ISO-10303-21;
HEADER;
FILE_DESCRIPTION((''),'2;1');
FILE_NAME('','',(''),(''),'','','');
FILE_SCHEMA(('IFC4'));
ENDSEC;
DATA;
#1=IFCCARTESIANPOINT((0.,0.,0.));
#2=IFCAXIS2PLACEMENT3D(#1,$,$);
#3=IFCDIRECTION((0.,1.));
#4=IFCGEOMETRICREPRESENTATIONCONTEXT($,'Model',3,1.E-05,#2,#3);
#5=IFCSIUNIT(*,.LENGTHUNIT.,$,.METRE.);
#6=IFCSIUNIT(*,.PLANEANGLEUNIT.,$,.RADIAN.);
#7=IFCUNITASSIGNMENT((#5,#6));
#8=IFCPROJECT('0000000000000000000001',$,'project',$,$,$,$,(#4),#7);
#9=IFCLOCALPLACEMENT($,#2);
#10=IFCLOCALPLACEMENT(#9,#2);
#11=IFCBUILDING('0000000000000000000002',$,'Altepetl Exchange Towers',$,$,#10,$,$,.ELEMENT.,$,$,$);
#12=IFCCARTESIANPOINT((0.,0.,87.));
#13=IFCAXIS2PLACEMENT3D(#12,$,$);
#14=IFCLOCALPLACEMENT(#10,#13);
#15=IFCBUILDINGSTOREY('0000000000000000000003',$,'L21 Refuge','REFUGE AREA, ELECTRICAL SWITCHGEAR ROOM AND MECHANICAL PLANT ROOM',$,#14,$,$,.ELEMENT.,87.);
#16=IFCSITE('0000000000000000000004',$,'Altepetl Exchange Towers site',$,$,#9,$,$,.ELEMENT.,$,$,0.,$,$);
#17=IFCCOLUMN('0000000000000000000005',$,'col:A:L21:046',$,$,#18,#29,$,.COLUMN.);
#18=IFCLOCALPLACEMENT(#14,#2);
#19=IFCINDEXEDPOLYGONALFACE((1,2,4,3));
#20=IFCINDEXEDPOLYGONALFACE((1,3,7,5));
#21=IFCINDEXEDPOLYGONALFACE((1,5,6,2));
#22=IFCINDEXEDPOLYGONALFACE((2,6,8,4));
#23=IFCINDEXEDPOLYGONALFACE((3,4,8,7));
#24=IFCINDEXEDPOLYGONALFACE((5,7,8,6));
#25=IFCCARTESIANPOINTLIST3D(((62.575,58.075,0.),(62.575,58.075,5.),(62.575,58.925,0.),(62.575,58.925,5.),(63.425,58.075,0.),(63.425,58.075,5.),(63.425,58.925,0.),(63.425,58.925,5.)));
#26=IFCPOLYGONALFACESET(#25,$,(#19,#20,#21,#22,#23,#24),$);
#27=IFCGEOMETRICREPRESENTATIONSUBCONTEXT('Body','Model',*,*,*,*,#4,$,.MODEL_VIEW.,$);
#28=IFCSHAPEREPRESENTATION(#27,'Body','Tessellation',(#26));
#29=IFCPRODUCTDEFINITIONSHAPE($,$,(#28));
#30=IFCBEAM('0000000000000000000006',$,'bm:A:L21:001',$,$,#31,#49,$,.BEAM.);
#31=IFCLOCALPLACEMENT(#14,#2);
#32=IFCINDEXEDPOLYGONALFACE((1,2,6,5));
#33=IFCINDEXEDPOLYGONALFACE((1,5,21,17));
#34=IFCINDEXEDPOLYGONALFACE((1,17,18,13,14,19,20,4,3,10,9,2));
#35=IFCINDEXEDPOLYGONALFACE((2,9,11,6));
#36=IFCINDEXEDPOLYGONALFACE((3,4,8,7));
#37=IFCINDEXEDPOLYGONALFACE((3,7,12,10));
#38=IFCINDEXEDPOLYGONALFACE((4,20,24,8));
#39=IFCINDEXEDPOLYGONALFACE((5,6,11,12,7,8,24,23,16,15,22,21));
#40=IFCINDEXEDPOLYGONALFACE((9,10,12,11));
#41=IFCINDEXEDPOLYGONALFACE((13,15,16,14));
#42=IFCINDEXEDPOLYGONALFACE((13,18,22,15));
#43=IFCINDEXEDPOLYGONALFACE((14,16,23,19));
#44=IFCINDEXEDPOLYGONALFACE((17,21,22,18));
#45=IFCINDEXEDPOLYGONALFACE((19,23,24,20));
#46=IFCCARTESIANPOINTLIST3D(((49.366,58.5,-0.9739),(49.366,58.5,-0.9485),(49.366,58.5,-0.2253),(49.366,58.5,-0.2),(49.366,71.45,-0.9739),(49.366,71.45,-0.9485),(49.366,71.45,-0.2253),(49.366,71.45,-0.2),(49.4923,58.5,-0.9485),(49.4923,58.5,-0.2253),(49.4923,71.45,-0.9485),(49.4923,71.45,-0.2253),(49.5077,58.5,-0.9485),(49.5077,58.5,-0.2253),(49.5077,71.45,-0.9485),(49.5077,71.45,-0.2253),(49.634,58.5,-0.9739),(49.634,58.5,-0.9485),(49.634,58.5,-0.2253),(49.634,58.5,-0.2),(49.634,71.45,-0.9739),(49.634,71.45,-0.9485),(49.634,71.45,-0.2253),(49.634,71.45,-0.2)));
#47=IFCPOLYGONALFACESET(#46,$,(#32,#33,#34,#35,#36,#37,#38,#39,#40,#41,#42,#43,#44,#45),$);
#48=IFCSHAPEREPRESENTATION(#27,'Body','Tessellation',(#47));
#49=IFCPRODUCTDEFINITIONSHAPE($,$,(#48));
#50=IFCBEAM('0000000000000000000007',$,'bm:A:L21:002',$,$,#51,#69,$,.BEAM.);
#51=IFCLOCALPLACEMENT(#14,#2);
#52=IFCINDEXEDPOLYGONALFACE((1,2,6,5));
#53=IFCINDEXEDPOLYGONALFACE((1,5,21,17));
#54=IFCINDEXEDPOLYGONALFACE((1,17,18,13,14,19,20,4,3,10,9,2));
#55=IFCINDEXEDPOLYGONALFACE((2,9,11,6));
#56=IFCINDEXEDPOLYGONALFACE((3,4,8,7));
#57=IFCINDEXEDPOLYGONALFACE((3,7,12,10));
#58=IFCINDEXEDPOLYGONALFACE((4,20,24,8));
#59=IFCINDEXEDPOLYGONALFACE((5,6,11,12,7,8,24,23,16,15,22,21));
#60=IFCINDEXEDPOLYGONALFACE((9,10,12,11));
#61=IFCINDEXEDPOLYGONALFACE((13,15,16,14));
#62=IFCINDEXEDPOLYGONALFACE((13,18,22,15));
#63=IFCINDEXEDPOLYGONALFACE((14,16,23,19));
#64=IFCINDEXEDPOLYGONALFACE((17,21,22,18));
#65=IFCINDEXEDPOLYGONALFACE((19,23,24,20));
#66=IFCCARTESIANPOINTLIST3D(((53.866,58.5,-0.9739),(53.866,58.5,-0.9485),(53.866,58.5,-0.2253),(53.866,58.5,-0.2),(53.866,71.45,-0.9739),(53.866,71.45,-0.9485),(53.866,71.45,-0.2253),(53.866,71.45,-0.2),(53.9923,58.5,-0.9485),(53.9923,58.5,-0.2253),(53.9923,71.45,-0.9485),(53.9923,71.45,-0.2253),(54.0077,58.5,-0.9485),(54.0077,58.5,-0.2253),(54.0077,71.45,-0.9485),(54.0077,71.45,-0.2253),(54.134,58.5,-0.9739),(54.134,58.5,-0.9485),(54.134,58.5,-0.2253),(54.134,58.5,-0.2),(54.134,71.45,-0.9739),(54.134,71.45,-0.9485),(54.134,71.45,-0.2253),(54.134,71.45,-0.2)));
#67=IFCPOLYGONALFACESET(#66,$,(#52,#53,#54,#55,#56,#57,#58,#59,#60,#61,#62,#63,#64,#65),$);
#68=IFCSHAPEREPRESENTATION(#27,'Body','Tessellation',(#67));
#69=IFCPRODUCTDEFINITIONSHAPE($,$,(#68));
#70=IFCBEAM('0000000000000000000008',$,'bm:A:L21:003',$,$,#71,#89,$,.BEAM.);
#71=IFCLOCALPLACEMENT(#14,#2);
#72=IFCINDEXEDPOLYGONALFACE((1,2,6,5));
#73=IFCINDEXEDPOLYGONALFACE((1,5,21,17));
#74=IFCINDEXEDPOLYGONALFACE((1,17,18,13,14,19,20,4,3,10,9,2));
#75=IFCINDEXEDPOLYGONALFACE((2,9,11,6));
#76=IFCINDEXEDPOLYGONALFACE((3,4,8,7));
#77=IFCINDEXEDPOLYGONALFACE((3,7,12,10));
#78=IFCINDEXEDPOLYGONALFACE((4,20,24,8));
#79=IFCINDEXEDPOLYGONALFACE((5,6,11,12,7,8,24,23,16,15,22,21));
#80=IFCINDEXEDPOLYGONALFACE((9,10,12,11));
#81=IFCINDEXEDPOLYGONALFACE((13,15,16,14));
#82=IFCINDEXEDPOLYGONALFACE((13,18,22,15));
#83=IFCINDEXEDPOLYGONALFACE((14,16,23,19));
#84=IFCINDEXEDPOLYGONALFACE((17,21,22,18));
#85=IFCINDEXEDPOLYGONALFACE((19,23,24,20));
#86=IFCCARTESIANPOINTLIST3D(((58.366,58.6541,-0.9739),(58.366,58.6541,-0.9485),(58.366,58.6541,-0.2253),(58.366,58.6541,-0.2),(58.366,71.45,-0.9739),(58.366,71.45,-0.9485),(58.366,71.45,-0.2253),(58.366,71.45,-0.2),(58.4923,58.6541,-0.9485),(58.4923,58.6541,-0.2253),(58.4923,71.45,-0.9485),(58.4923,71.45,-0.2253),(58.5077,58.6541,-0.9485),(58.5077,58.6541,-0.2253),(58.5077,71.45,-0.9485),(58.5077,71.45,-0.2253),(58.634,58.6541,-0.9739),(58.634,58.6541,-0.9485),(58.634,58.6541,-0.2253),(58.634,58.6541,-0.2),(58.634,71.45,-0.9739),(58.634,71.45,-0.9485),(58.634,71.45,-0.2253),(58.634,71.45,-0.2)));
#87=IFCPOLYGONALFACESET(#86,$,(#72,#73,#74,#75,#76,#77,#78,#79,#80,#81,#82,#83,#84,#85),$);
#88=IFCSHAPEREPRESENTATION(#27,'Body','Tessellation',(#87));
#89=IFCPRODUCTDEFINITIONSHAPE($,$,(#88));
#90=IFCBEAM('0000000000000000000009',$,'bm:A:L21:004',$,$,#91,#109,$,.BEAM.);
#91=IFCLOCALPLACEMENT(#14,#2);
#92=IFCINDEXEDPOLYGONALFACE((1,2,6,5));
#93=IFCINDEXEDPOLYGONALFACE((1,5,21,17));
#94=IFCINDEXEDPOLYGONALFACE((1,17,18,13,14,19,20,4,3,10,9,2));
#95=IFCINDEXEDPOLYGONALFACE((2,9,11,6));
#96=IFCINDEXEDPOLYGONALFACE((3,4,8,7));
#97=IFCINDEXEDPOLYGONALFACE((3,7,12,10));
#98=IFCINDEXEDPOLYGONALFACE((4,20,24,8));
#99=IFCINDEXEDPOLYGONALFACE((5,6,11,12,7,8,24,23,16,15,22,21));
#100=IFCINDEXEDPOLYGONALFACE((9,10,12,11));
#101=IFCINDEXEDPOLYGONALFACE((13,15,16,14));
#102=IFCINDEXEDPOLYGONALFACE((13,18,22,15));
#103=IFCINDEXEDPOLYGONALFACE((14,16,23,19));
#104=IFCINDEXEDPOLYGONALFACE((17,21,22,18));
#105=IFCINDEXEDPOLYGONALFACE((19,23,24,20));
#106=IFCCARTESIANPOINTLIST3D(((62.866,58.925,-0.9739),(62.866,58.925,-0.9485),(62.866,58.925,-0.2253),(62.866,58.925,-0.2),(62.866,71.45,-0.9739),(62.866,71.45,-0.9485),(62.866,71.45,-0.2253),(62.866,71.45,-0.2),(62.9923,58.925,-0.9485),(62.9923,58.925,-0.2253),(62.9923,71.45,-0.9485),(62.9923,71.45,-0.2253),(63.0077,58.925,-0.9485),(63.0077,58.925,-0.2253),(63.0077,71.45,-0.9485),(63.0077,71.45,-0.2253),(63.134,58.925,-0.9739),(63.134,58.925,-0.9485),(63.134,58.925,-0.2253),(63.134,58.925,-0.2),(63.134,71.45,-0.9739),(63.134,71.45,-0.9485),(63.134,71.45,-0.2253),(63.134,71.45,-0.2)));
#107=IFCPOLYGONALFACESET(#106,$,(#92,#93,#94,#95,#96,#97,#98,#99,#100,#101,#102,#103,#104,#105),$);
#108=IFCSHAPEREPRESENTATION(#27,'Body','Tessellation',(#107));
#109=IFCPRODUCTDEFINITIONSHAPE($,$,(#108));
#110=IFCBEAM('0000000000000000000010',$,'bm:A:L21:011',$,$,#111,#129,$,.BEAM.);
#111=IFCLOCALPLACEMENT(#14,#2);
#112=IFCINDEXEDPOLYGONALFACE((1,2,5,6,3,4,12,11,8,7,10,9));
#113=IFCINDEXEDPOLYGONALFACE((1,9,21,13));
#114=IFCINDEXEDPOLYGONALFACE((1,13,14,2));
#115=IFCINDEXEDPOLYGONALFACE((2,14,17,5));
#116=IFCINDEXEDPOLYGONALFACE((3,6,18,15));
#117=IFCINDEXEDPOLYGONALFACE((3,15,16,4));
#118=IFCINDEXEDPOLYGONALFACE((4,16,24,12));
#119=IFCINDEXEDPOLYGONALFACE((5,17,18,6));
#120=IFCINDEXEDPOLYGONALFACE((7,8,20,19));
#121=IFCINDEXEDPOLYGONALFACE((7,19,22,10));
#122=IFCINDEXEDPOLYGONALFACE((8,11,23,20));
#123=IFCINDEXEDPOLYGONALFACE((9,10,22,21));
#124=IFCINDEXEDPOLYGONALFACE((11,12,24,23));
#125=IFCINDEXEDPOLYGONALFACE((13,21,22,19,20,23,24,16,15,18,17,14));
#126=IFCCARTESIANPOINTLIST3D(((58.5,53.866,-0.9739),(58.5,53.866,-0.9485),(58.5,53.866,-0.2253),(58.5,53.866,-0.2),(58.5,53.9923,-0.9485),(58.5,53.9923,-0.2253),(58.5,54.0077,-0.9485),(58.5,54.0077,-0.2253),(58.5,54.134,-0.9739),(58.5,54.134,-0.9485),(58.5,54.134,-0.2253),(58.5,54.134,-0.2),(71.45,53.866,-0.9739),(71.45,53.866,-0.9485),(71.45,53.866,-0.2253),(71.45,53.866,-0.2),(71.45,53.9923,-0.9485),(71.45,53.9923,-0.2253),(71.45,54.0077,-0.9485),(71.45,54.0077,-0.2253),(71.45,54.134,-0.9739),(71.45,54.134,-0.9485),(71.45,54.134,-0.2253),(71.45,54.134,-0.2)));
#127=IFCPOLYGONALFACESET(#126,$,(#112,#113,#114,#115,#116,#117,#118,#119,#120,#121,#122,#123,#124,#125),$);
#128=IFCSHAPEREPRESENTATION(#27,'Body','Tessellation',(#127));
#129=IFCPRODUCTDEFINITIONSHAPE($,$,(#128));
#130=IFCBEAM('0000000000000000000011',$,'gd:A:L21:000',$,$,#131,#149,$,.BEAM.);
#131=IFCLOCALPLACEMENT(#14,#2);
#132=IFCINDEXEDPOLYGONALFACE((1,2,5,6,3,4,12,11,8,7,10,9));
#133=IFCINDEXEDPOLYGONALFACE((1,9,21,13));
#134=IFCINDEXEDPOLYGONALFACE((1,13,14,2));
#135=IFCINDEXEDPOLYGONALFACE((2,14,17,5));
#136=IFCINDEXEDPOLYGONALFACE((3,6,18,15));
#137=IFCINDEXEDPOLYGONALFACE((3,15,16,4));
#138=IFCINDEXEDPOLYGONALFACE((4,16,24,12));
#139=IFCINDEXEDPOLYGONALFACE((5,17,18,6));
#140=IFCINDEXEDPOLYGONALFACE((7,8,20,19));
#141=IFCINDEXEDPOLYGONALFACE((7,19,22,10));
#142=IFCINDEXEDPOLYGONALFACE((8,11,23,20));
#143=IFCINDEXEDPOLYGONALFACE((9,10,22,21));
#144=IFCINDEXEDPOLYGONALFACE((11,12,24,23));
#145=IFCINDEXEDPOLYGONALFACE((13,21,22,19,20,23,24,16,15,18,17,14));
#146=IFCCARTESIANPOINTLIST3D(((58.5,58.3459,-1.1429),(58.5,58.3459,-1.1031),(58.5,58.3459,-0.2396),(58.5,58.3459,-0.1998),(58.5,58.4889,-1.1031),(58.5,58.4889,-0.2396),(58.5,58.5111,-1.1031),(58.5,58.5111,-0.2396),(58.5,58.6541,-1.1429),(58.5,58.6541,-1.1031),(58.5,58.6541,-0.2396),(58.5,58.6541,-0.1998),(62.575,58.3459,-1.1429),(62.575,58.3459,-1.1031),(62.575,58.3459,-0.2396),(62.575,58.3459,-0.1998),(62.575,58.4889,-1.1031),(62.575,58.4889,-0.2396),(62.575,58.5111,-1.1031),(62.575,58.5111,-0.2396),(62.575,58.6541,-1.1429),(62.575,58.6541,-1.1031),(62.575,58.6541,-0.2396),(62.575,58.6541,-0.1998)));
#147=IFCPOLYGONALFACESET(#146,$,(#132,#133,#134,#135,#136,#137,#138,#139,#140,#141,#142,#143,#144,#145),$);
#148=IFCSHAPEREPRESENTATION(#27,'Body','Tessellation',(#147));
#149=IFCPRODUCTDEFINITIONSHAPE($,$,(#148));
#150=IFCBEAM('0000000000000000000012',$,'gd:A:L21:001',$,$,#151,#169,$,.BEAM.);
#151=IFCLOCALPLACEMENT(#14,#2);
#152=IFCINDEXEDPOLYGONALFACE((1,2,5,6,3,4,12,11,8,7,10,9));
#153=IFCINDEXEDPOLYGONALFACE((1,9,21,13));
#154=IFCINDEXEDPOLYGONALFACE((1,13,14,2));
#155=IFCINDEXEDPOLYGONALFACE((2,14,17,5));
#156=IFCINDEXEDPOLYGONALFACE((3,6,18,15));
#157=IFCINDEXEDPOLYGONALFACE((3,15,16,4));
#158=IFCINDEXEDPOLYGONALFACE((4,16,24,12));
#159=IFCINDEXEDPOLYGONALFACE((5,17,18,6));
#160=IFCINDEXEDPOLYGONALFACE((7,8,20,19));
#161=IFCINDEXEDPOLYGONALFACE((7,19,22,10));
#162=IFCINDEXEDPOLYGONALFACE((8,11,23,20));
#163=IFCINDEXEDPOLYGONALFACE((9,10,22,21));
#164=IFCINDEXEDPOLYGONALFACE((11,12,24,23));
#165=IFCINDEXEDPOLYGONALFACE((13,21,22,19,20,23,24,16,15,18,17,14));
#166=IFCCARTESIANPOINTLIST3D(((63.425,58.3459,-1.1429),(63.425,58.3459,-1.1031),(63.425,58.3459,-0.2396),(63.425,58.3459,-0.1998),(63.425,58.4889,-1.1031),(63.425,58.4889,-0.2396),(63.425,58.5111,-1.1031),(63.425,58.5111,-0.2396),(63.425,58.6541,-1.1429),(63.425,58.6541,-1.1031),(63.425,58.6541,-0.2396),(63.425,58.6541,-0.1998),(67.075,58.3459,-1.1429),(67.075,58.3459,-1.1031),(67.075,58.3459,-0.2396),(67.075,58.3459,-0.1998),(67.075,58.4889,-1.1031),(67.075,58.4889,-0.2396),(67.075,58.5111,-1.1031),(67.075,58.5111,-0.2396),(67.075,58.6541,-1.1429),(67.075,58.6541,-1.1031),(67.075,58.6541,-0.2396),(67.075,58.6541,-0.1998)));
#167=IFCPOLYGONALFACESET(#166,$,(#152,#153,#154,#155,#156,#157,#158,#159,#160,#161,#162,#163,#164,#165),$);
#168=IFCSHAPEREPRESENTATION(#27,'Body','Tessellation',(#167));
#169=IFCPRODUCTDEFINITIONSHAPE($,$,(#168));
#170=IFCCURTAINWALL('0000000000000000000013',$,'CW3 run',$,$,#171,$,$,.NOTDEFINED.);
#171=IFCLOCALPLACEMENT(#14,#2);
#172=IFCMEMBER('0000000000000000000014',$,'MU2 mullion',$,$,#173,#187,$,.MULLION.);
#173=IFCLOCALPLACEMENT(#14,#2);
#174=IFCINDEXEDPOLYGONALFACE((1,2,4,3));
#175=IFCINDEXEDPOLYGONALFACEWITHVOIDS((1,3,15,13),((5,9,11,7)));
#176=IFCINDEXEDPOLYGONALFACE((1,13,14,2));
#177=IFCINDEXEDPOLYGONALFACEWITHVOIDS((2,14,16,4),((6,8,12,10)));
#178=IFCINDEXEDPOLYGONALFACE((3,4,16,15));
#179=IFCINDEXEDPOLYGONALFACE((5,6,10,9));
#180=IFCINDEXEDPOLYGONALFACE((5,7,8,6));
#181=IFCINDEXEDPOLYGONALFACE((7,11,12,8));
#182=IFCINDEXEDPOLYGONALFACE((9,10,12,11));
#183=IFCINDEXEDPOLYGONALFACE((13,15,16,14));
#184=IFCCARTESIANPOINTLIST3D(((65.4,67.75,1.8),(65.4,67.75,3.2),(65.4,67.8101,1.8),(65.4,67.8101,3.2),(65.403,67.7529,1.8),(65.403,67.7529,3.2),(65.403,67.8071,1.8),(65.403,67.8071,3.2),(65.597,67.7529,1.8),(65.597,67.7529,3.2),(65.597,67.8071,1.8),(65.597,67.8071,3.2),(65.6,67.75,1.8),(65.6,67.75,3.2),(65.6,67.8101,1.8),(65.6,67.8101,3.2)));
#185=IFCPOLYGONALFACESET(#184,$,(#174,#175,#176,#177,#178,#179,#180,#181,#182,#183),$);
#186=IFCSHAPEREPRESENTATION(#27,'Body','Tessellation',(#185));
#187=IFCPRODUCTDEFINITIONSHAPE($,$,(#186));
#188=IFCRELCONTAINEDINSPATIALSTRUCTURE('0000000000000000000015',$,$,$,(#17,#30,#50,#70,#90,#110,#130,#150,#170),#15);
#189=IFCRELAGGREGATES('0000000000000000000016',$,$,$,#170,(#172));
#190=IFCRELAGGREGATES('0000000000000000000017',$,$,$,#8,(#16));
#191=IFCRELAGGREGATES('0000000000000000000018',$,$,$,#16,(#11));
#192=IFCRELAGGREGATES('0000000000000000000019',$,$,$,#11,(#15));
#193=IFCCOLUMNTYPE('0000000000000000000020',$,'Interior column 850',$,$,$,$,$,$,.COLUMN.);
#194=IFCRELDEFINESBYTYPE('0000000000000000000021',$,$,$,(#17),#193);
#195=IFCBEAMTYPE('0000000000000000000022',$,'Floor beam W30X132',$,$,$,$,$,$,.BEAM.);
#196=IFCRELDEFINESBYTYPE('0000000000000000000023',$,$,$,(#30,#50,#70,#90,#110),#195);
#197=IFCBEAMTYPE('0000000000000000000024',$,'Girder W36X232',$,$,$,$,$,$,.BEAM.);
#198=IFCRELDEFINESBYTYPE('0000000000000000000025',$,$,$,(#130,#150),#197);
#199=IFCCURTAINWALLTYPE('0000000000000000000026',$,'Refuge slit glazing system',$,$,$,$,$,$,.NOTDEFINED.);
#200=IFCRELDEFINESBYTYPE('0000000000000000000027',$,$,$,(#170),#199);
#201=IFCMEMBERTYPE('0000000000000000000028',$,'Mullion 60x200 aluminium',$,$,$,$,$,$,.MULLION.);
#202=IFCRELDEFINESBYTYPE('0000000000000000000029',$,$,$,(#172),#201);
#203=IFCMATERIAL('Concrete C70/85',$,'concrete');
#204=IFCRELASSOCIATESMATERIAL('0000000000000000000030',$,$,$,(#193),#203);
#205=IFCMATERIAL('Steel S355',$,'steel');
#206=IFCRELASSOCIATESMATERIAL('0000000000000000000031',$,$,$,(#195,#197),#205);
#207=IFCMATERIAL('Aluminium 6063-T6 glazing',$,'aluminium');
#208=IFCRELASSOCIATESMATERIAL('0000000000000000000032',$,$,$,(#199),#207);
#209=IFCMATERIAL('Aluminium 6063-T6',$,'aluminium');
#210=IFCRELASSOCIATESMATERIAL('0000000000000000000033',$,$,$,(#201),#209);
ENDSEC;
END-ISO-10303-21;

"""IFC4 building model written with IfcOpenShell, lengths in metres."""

from ifc_helpers import new_model, si_unit, direction, frame, origin, origin_2d, place, context, subcontext, project, spatial, rectangle, hollow_rectangle, i_section, extrude, material, material_profile, profile_set, type_object, element, aggregate, save


model = new_model("IFC4")

# Units and contexts
model_context = context("Model", 3, precision=1e-05, world=origin(), true_north=direction((0.0, 1.0)))
body_context = subcontext(model_context, "Body", "Model", "MODEL_VIEW")
ifc_project = project(units=[si_unit("LENGTHUNIT", "METRE"), si_unit("PLANEANGLEUNIT", "RADIAN")], contexts=[model_context])

# Site, building, storey
site_placement = place(None, origin())
site = spatial("IfcSite", under=ifc_project, at=site_placement, Name="Altepetl Exchange Towers site", CompositionType="ELEMENT", RefElevation=0.0)
building_placement = place(site_placement, origin())
building = spatial("IfcBuilding", under=site, at=building_placement, Name="Altepetl Exchange Towers", CompositionType="ELEMENT")
storey_placement = place(building_placement, frame((0.0, 0.0, 87.0)))
storey = spatial("IfcBuildingStorey", under=building, at=storey_placement, Name="L21 Refuge", Description="REFUGE AREA, ELECTRICAL SWITCHGEAR ROOM AND MECHANICAL PLANT ROOM", CompositionType="ELEMENT", Elevation=87.0)

# Column
ifc_material_1 = material(Name="Concrete C70/85", Category="concrete")
ifc_material_profile_1 = material_profile(ifc_material_1, rectangle(XDim=0.8501, YDim=0.8501, at=origin_2d()), Name="850 x 850")
ifc_profile_set_1 = profile_set([ifc_material_profile_1], Name="Concrete C70/85")
column_type = type_object("IfcColumnType", Name="Interior column 850", PredefinedType="COLUMN", material=ifc_profile_set_1)
column_placement = place(storey_placement, frame((63.0, 58.5, 0.0)))
element("IfcColumn", 1, at=column_placement, inside=storey, type_object=column_type, Name="col:A:L21:046", PredefinedType="COLUMN", context=body_context, shape_type="SweptSolid", body=[
    extrude(rectangle(XDim=0.8501, YDim=0.8501, at=origin_2d()), origin(), (0.0, 0.0, 1.0), 5.0),
])

# Beams
ifc_material_2 = material(Name="Steel S355", Category="steel")
ifc_material_profile_2 = material_profile(ifc_material_2, i_section(OverallWidth=0.2681, OverallDepth=0.7739, WebThickness=0.0154, FlangeThickness=0.0254, at=origin_2d()), Name="W30X132")
ifc_profile_set_2 = profile_set([ifc_material_profile_2], Name="Steel S355")
beam_type_1 = type_object("IfcBeamType", Name="Floor beam W30X132", PredefinedType="BEAM", material=ifc_profile_set_2)
for number, where, z_axis, x_axis, name in (
    (2, (49.5, 58.5, -0.5869), (0.0, 1.0, 0.0), (-1.0, 0.0, 0.0), "bm:A:L21:001"),
    (3, (54.0, 58.5, -0.5869), (0.0, 1.0, 0.0), (-1.0, 0.0, 0.0), "bm:A:L21:002"),
):
    element("IfcBeam", number, at=place(storey_placement, frame(where, z_axis=z_axis, x_axis=x_axis)), inside=storey, type_object=beam_type_1, Name=name, PredefinedType="BEAM", context=body_context, shape_type="SweptSolid", body=[
        extrude(i_section(OverallWidth=0.2681, OverallDepth=0.7739, WebThickness=0.0154, FlangeThickness=0.0254, at=origin_2d()), origin(), (0.0, 0.0, 1.0), 12.95),
    ])
beam_1_placement = place(storey_placement, frame((58.5, 58.6541, -0.5869), z_axis=(0.0, 1.0, 0.0), x_axis=(-1.0, 0.0, 0.0)))
element("IfcBeam", 4, at=beam_1_placement, inside=storey, type_object=beam_type_1, Name="bm:A:L21:003", PredefinedType="BEAM", context=body_context, shape_type="SweptSolid", body=[
    extrude(i_section(OverallWidth=0.2681, OverallDepth=0.7739, WebThickness=0.0154, FlangeThickness=0.0254, at=origin_2d()), origin(), (0.0, 0.0, 1.0), 12.7959),
])
beam_2_placement = place(storey_placement, frame((63.0, 58.925, -0.5869), z_axis=(0.0, 1.0, 0.0), x_axis=(-1.0, 0.0, 0.0)))
element("IfcBeam", 5, at=beam_2_placement, inside=storey, type_object=beam_type_1, Name="bm:A:L21:004", PredefinedType="BEAM", context=body_context, shape_type="SweptSolid", body=[
    extrude(i_section(OverallWidth=0.2681, OverallDepth=0.7739, WebThickness=0.0154, FlangeThickness=0.0254, at=origin_2d()), origin(), (0.0, 0.0, 1.0), 12.5249),
])
beam_3_placement = place(storey_placement, frame((58.5, 54.0, -0.5869), z_axis=(1.0, 0.0, 0.0), x_axis=(0.0, 1.0, 0.0)))
element("IfcBeam", 6, at=beam_3_placement, inside=storey, type_object=beam_type_1, Name="bm:A:L21:011", PredefinedType="BEAM", context=body_context, shape_type="SweptSolid", body=[
    extrude(i_section(OverallWidth=0.2681, OverallDepth=0.7739, WebThickness=0.0154, FlangeThickness=0.0254, at=origin_2d()), origin(), (0.0, 0.0, 1.0), 12.95),
])
ifc_material_profile_3 = material_profile(ifc_material_2, i_section(OverallWidth=0.3081, OverallDepth=0.9431, WebThickness=0.0222, FlangeThickness=0.0398, at=origin_2d()), Name="W36X232")
ifc_profile_set_3 = profile_set([ifc_material_profile_3], Name="Steel S355")
beam_type_2 = type_object("IfcBeamType", Name="Girder W36X232", PredefinedType="BEAM", material=ifc_profile_set_3)
beam_4_placement = place(storey_placement, frame((58.5, 58.5, -0.6714), z_axis=(1.0, 0.0, 0.0), x_axis=(0.0, 1.0, 0.0)))
element("IfcBeam", 7, at=beam_4_placement, inside=storey, type_object=beam_type_2, Name="gd:A:L21:000", PredefinedType="BEAM", context=body_context, shape_type="SweptSolid", body=[
    extrude(i_section(OverallWidth=0.3081, OverallDepth=0.9431, WebThickness=0.0222, FlangeThickness=0.0398, at=origin_2d()), origin(), (0.0, 0.0, 1.0), 4.075),
])
beam_5_placement = place(storey_placement, frame((63.425, 58.5, -0.6714), z_axis=(1.0, 0.0, 0.0), x_axis=(0.0, 1.0, 0.0)))
element("IfcBeam", 8, at=beam_5_placement, inside=storey, type_object=beam_type_2, Name="gd:A:L21:001", PredefinedType="BEAM", context=body_context, shape_type="SweptSolid", body=[
    extrude(i_section(OverallWidth=0.3081, OverallDepth=0.9431, WebThickness=0.0222, FlangeThickness=0.0398, at=origin_2d()), origin(), (0.0, 0.0, 1.0), 3.6499),
])

# Curtain wall, member
ifc_material_3 = material(Name="Aluminium 6063-T6 glazing", Category="aluminium")
curtain_wall_type = type_object("IfcCurtainWallType", Name="Refuge slit glazing system", PredefinedType="NOTDEFINED", material=ifc_material_3)
curtain_wall_placement = place(storey_placement, origin())
curtain_wall = element("IfcCurtainWall", 9, at=curtain_wall_placement, inside=storey, type_object=curtain_wall_type, Name="CW3 run", PredefinedType="NOTDEFINED")
ifc_material_4 = material(Name="Aluminium 6063-T6", Category="aluminium")
ifc_material_profile_4 = material_profile(ifc_material_4, hollow_rectangle(XDim=0.0601, YDim=0.2, WallThickness=0.0029, at=origin_2d()), Name="Mullion 60x200 aluminium")
ifc_profile_set_4 = profile_set([ifc_material_profile_4], Name="Aluminium 6063-T6")
member_type = type_object("IfcMemberType", Name="Mullion 60x200 aluminium", PredefinedType="MULLION", material=ifc_profile_set_4)
member_placement = place(storey_placement, frame((65.5, 67.78, 1.8), z_axis=(0.0, 0.0, 1.0), x_axis=(0.0, 1.0, 0.0)))
member = element("IfcMember", 10, at=member_placement, type_object=member_type, Name="MU2 mullion", PredefinedType="MULLION", context=body_context, shape_type="SweptSolid", body=[
    extrude(hollow_rectangle(XDim=0.0601, YDim=0.2, WallThickness=0.0029, at=origin_2d()), origin(), (0.0, 0.0, 1.0), 1.3999),
])
aggregate(curtain_wall, [member])

save(model, "model.ifc")
